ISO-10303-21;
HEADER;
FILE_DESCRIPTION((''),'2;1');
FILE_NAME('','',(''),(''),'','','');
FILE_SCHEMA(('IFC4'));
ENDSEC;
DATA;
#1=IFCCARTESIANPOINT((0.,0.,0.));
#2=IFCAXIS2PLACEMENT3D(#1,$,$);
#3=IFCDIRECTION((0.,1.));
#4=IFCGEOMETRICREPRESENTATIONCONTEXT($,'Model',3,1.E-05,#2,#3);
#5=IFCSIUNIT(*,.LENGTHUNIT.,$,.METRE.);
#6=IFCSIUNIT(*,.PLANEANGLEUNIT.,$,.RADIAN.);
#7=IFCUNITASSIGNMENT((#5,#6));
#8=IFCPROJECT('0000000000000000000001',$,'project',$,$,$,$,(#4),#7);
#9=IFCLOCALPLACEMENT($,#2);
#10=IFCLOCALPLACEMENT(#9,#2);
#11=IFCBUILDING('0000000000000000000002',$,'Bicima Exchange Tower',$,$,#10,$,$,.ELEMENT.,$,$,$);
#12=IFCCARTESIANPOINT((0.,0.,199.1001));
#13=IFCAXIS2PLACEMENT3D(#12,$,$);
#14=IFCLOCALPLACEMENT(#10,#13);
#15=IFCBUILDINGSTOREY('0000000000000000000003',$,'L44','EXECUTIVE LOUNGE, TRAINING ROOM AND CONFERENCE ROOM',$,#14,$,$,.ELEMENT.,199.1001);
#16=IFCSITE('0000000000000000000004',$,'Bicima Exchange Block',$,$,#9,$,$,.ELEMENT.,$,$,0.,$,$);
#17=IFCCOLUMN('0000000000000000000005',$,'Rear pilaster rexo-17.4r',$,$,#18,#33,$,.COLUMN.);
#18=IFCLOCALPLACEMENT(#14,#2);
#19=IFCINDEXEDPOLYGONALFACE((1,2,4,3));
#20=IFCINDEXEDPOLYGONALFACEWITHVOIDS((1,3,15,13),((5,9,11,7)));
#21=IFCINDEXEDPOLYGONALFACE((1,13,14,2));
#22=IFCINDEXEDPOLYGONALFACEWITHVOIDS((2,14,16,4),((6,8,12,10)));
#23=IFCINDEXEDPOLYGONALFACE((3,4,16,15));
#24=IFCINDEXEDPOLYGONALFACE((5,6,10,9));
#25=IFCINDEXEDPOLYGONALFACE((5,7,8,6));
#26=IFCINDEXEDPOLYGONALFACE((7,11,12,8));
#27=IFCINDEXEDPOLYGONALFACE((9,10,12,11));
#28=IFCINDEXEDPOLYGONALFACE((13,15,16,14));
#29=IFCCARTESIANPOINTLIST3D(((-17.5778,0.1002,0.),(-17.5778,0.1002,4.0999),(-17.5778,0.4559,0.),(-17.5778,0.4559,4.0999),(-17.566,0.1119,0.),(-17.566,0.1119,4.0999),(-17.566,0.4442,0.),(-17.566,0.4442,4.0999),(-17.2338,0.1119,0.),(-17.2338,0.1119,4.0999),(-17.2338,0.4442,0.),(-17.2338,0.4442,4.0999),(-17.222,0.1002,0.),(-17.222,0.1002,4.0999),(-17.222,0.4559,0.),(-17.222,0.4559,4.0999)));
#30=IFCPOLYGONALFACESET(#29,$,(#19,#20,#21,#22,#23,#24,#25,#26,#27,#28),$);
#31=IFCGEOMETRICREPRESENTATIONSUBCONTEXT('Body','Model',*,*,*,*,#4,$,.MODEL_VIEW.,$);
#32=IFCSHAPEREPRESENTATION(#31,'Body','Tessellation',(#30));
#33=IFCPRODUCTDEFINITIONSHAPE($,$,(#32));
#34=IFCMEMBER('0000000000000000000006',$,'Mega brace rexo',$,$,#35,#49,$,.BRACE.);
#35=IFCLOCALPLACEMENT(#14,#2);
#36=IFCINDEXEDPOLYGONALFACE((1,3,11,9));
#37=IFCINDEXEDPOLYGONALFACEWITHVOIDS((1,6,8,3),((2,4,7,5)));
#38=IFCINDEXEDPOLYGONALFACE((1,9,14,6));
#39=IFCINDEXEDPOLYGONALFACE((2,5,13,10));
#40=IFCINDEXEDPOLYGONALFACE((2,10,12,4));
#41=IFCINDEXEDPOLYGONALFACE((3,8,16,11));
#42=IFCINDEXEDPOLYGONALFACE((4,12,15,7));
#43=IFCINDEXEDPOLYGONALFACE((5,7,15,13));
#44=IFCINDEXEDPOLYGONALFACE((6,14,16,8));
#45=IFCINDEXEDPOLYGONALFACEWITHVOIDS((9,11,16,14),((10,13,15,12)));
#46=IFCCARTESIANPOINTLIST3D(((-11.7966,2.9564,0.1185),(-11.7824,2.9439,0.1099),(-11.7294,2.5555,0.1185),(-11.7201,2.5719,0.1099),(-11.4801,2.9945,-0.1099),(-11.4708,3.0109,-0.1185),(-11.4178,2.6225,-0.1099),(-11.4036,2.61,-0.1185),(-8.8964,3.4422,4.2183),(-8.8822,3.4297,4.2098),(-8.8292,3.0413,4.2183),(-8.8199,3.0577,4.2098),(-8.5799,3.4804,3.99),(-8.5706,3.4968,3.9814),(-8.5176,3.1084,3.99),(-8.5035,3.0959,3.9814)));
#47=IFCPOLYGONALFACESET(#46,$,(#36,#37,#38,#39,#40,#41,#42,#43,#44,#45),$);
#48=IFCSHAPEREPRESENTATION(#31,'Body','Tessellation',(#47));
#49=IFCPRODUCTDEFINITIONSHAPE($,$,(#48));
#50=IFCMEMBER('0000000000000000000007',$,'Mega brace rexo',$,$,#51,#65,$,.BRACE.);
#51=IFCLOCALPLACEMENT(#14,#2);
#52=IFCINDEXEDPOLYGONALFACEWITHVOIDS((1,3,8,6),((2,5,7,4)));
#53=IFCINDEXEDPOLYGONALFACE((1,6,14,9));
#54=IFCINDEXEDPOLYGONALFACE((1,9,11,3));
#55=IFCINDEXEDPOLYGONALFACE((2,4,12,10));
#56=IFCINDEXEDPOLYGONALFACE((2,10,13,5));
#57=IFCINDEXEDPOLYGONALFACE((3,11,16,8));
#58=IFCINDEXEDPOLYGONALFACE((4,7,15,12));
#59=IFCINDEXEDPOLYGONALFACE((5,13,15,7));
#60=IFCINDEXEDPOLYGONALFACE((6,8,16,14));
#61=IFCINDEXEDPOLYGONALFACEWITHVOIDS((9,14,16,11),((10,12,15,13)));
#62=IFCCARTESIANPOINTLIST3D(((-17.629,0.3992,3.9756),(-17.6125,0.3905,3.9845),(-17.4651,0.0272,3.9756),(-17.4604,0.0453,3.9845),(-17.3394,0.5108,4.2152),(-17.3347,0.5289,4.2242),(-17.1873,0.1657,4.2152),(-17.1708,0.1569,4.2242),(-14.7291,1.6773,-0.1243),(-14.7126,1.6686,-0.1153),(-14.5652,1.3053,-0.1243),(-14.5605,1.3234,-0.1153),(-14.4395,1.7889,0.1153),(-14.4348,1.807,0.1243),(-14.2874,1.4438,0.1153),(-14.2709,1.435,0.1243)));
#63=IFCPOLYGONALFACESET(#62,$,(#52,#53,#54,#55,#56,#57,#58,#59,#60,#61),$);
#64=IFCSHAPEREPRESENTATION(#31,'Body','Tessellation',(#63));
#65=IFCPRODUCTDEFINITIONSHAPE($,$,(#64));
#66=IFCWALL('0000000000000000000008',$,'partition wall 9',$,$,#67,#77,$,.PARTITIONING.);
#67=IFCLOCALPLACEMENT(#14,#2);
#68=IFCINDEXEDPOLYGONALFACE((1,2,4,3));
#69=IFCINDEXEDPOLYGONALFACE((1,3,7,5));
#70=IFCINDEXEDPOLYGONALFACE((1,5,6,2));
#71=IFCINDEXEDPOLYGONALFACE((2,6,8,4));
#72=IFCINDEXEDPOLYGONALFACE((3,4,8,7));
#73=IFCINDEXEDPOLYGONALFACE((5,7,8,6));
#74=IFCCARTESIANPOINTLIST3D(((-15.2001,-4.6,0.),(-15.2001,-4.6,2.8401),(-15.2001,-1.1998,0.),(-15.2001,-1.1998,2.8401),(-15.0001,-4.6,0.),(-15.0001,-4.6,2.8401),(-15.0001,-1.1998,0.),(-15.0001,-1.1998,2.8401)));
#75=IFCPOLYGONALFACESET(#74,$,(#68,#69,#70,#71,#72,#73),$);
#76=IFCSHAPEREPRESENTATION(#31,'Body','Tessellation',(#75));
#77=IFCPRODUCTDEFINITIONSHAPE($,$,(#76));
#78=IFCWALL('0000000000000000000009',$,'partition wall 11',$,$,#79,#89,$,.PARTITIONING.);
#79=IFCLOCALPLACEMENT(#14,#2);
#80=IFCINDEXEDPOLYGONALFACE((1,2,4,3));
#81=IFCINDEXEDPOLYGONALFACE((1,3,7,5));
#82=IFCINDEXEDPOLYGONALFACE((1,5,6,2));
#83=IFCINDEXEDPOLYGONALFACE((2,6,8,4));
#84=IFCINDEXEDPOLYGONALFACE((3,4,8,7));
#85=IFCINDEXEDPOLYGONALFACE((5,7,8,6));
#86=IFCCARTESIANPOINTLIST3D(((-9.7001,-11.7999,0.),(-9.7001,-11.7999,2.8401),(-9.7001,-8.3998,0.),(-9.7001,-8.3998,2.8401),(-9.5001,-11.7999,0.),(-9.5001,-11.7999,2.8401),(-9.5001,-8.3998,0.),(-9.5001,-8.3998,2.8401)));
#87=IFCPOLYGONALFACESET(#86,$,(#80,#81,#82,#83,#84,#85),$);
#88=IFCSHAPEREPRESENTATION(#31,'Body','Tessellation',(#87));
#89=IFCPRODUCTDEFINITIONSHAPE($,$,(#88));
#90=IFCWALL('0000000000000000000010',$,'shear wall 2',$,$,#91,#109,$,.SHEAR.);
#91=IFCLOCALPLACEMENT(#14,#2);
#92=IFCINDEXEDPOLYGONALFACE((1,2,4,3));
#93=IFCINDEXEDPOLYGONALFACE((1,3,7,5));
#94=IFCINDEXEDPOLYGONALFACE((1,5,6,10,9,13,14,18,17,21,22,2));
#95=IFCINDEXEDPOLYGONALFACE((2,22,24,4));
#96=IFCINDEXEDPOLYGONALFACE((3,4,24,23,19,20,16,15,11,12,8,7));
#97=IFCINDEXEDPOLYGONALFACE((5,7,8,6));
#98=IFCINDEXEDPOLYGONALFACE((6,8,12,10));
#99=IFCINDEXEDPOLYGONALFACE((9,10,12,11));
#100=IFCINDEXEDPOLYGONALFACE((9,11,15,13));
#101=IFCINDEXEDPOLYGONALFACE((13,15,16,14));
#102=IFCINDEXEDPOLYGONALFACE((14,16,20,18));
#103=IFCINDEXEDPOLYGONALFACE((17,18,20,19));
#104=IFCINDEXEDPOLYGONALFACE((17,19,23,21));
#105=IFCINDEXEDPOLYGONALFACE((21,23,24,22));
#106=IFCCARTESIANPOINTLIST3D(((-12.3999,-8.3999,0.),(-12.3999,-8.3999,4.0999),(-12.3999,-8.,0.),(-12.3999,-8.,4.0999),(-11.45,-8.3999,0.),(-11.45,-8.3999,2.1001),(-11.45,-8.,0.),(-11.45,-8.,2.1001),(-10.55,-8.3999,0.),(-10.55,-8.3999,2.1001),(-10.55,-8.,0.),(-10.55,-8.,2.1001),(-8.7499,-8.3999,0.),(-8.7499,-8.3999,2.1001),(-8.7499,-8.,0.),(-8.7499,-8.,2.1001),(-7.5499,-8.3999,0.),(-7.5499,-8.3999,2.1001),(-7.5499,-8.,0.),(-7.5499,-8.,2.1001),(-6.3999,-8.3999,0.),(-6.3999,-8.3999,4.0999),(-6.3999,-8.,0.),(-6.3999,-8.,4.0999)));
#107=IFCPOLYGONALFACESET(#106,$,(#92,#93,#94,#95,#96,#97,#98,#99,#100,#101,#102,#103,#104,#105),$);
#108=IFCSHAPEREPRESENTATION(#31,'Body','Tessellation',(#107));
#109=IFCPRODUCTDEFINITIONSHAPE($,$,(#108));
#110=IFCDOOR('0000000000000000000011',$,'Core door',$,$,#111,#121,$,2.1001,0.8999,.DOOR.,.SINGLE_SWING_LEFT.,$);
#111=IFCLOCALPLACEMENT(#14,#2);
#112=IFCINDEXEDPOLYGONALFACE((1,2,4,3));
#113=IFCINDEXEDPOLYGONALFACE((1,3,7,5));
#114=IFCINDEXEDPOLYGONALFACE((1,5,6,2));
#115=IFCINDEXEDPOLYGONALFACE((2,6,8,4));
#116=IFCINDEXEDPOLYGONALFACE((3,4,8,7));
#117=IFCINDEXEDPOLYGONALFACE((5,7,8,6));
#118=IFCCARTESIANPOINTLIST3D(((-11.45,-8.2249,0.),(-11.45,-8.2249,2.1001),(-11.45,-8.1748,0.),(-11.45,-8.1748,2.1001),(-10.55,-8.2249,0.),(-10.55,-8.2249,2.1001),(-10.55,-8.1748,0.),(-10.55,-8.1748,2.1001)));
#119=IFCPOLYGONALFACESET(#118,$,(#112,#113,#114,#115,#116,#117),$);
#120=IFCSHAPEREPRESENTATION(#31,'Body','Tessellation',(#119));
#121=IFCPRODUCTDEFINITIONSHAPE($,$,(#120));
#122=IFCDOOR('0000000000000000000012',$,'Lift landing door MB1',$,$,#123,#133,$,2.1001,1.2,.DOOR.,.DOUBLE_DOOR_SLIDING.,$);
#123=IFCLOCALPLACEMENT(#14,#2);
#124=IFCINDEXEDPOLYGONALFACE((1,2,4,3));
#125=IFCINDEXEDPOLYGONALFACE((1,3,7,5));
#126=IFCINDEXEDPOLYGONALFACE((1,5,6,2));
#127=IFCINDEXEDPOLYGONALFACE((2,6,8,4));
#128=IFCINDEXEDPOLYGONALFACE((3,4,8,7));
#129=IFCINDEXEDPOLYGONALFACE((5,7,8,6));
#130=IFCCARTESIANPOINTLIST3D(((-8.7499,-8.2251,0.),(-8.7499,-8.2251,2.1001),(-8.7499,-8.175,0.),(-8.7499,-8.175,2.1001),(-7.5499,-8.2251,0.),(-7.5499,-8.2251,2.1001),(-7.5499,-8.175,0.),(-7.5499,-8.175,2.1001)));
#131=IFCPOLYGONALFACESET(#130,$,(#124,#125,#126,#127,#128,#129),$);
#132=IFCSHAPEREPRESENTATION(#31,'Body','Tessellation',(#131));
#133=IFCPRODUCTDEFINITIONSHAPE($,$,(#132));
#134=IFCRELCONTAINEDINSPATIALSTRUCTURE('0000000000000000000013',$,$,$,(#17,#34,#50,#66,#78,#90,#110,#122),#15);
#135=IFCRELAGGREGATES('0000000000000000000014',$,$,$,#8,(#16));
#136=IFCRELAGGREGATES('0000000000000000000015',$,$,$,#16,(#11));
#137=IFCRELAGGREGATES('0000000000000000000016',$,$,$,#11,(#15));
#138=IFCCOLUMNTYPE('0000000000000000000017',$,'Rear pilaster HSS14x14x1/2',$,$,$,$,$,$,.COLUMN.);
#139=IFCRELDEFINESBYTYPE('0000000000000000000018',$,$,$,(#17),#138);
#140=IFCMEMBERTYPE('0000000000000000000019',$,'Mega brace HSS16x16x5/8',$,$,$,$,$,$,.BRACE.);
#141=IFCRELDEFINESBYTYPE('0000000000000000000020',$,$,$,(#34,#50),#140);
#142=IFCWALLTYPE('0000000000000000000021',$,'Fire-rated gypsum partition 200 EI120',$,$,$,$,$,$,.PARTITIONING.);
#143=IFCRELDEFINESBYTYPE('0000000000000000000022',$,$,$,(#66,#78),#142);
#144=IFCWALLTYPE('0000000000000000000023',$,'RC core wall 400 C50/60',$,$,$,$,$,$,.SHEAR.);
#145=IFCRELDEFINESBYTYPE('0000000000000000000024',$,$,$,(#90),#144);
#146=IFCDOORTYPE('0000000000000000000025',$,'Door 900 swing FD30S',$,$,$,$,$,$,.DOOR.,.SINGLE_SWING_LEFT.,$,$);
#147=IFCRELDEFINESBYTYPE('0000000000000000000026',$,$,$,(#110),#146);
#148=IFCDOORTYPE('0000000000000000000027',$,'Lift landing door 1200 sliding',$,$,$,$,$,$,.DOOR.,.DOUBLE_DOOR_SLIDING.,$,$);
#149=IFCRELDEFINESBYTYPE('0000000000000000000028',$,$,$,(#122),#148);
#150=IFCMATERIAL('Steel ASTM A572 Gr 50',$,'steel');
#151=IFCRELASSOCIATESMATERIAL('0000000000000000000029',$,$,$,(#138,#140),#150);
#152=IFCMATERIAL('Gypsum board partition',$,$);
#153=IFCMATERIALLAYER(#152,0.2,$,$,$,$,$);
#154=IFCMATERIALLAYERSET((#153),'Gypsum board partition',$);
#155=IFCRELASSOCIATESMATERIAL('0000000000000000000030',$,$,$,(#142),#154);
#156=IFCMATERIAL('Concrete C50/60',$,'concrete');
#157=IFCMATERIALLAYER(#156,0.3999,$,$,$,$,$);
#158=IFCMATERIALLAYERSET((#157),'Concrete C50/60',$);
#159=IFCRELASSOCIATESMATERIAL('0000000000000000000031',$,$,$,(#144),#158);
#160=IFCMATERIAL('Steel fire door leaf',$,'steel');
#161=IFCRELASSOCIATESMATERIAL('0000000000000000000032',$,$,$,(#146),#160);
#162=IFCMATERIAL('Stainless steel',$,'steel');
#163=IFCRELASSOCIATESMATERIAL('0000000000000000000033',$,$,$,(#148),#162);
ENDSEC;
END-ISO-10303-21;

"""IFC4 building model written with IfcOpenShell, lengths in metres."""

from ifc_helpers import new_model, si_unit, direction, frame, frame_2d, origin, origin_2d, place, context, subcontext, project, spatial, rectangle, hollow_rectangle, extrude, material, layer, layer_set, material_profile, profile_set, type_object, element, fill, save


model = new_model("IFC4")

# Units and contexts
model_context = context("Model", 3, precision=1e-05, world=origin(), true_north=direction((0.0, 1.0)))
body_context = subcontext(model_context, "Body", "Model", "MODEL_VIEW")
ifc_project = project(units=[si_unit("LENGTHUNIT", "METRE"), si_unit("PLANEANGLEUNIT", "RADIAN")], contexts=[model_context])

# Site, building, storey
site_placement = place(None, origin())
site = spatial("IfcSite", under=ifc_project, at=site_placement, Name="Bicima Exchange Block", CompositionType="ELEMENT", RefElevation=0.0)
building_placement = place(site_placement, origin())
building = spatial("IfcBuilding", under=site, at=building_placement, Name="Bicima Exchange Tower", CompositionType="ELEMENT")
storey_placement = place(building_placement, frame((0.0, 0.0, 199.1001)))
storey = spatial("IfcBuildingStorey", under=building, at=storey_placement, Name="L44", Description="EXECUTIVE LOUNGE, TRAINING ROOM AND CONFERENCE ROOM", CompositionType="ELEMENT", Elevation=199.1001)

# Column
ifc_material_1 = material(Name="Steel ASTM A572 Gr 50", Category="steel")
ifc_material_profile_1 = material_profile(ifc_material_1, hollow_rectangle(XDim=0.3557, YDim=0.3557, WallThickness=0.0117, at=origin_2d()))
ifc_profile_set_1 = profile_set([ifc_material_profile_1], Name="Steel ASTM A572 Gr 50")
column_type = type_object("IfcColumnType", Name="Rear pilaster HSS14x14x1/2", PredefinedType="COLUMN", material=ifc_profile_set_1)
column_placement = place(storey_placement, frame((-17.3999, 0.2781, 0.0), z_axis=(0.0, 0.0, 1.0), x_axis=(1.0, 0.0, 0.0)))
element("IfcColumn", 1, at=column_placement, inside=storey, type_object=column_type, Name="Rear pilaster rexo-17.4r", PredefinedType="COLUMN", context=body_context, shape_type="SweptSolid", body=[
    extrude(hollow_rectangle(XDim=0.3557, YDim=0.3557, WallThickness=0.0117, at=origin_2d()), origin(), (0.0, 0.0, 1.0), 4.0999),
])

# Members
ifc_material_profile_2 = material_profile(ifc_material_1, hollow_rectangle(XDim=0.4065, YDim=0.4065, WallThickness=0.0146, at=origin_2d()))
ifc_profile_set_2 = profile_set([ifc_material_profile_2], Name="Steel ASTM A572 Gr 50")
member_type = type_object("IfcMemberType", Name="Mega brace HSS16x16x5/8", PredefinedType="BRACE", material=ifc_profile_set_2)
member_1_placement = place(storey_placement, frame((-11.6001, 2.7832, 0.0), z_axis=(0.574814, 0.096294, 0.812598), x_axis=(-0.16522, 0.986257, 0.0)))
element("IfcMember", 2, at=member_1_placement, inside=storey, type_object=member_type, Name="Mega brace rexo", PredefinedType="BRACE", context=body_context, shape_type="SweptSolid", body=[
    extrude(hollow_rectangle(XDim=0.4065, YDim=0.4065, WallThickness=0.0146, at=origin_2d()), origin(), (0.0, 0.0, 1.0), 5.0454),
])
member_2_placement = place(storey_placement, frame((-14.5, 1.5562, 0.0), z_axis=(-0.559625, -0.246644, 0.791193), x_axis=(0.403299, -0.915068, 0.0)))
element("IfcMember", 3, at=member_2_placement, inside=storey, type_object=member_type, Name="Mega brace rexo", PredefinedType="BRACE", context=body_context, shape_type="SweptSolid", body=[
    extrude(hollow_rectangle(XDim=0.4065, YDim=0.4065, WallThickness=0.0146, at=origin_2d()), origin(), (0.0, 0.0, 1.0), 5.1819),
])

# Walls
ifc_material_2 = material(Name="Gypsum board partition")
ifc_layer_1 = layer(ifc_material_2, 0.2)
ifc_layer_set_1 = layer_set([ifc_layer_1], Name="Gypsum board partition")
wall_type_1 = type_object("IfcWallType", Name="Fire-rated gypsum partition 200 EI120", PredefinedType="PARTITIONING", material=ifc_layer_set_1)
for number, where, z_axis, x_axis, name in (
    (4, (-15.1001, -4.6001, 0.0), (0.0, 0.0, 1.0), (0.0, 1.0, 0.0), "partition wall 9"),
    (5, (-9.6001, -11.8, 0.0), (0.0, 0.0, 1.0), (0.0, 1.0, 0.0), "partition wall 11"),
):
    element("IfcWall", number, at=place(storey_placement, frame(where, z_axis=z_axis, x_axis=x_axis)), inside=storey, type_object=wall_type_1, Name=name, PredefinedType="PARTITIONING", context=body_context, shape_type="SweptSolid", body=[
        extrude(rectangle(XDim=3.4001, YDim=0.2, at=frame_2d((1.7002, 0.0))), origin(), (0.0, 0.0, 1.0), 2.8401),
    ])

# Wall, openings, doors
ifc_material_3 = material(Name="Concrete C50/60", Category="concrete")
ifc_layer_2 = layer(ifc_material_3, 0.3999)
ifc_layer_set_2 = layer_set([ifc_layer_2], Name="Concrete C50/60")
wall_type_2 = type_object("IfcWallType", Name="RC core wall 400 C50/60", PredefinedType="SHEAR", material=ifc_layer_set_2)
wall_1_placement = place(storey_placement, frame((-12.3999, -8.2, 0.0), z_axis=(0.0, 0.0, 1.0), x_axis=(1.0, 0.0, 0.0)))
wall_1 = element("IfcWall", 6, at=wall_1_placement, inside=storey, type_object=wall_type_2, Name="shear wall 2", PredefinedType="SHEAR", context=body_context, shape_type="SweptSolid", body=[
    extrude(rectangle(XDim=6.0, YDim=0.3999, at=frame_2d((3.0, 0.0))), origin(), (0.0, 0.0, 1.0), 4.0999),
])
opening_1_placement = place(wall_1_placement, frame((3.6499, 0.0, 0.0)))
opening_1 = element("IfcOpeningElement", 7, at=opening_1_placement, cuts=wall_1, PredefinedType="OPENING", context=body_context, shape_type="SweptSolid", body=[
    extrude(rectangle(XDim=1.2, YDim=2.1001, at=frame_2d((0.6001, 1.05))), frame((0.0, 0.2119, 0.0), z_axis=(0.0, -1.0, 0.0), x_axis=(1.0, 0.0, 0.0)), (0.0, 0.0, 1.0), 0.4238),
])
opening_2_placement = place(wall_1_placement, frame((0.95, 0.0, 0.0)))
opening_2 = element("IfcOpeningElement", 8, at=opening_2_placement, cuts=wall_1, PredefinedType="OPENING", context=body_context, shape_type="SweptSolid", body=[
    extrude(rectangle(XDim=0.8999, YDim=2.1001, at=frame_2d((0.45, 1.05))), frame((0.0, 0.2119, 0.0), z_axis=(0.0, -1.0, 0.0), x_axis=(1.0, 0.0, 0.0)), (0.0, 0.0, 1.0), 0.4238),
])
ifc_material_4 = material(Name="Steel fire door leaf", Category="steel")
door_type_1 = type_object("IfcDoorType", Name="Door 900 swing FD30S", OperationType="SINGLE_SWING_LEFT", PredefinedType="DOOR", material=ifc_material_4)
door_1_placement = place(opening_2_placement, frame((0.8999, 0.0, 0.0), z_axis=(0.0, 0.0, 1.0), x_axis=(-1.0, 0.0, 0.0)))
door_1 = element("IfcDoor", 9, at=door_1_placement, inside=storey, type_object=door_type_1, Name="Core door", OperationType="SINGLE_SWING_LEFT", OverallHeight=2.1001, OverallWidth=0.8999, PredefinedType="DOOR", context=body_context, shape_type="SweptSolid", body=[
    extrude(rectangle(XDim=0.8999, YDim=2.1001, at=frame_2d((0.45, 1.05))), frame((0.0, 0.0249, 0.0), z_axis=(0.0, -1.0, 0.0), x_axis=(1.0, 0.0, 0.0)), (0.0, 0.0, 1.0), 0.05),
])
fill(opening_2, door_1)
ifc_material_5 = material(Name="Stainless steel", Category="steel")
door_type_2 = type_object("IfcDoorType", Name="Lift landing door 1200 sliding", OperationType="DOUBLE_DOOR_SLIDING", PredefinedType="DOOR", material=ifc_material_5)
door_2_placement = place(opening_1_placement, origin())
door_2 = element("IfcDoor", 10, at=door_2_placement, inside=storey, type_object=door_type_2, Name="Lift landing door MB1", OperationType="DOUBLE_DOOR_SLIDING", OverallHeight=2.1001, OverallWidth=1.2, PredefinedType="DOOR", context=body_context, shape_type="SweptSolid", body=[
    extrude(rectangle(XDim=1.2, YDim=2.1001, at=frame_2d((0.6001, 1.05))), frame((0.0, 0.0249, 0.0), z_axis=(0.0, -1.0, 0.0), x_axis=(1.0, 0.0, 0.0)), (0.0, 0.0, 1.0), 0.05),
])
fill(opening_1, door_2)

save(model, "model.ifc")
